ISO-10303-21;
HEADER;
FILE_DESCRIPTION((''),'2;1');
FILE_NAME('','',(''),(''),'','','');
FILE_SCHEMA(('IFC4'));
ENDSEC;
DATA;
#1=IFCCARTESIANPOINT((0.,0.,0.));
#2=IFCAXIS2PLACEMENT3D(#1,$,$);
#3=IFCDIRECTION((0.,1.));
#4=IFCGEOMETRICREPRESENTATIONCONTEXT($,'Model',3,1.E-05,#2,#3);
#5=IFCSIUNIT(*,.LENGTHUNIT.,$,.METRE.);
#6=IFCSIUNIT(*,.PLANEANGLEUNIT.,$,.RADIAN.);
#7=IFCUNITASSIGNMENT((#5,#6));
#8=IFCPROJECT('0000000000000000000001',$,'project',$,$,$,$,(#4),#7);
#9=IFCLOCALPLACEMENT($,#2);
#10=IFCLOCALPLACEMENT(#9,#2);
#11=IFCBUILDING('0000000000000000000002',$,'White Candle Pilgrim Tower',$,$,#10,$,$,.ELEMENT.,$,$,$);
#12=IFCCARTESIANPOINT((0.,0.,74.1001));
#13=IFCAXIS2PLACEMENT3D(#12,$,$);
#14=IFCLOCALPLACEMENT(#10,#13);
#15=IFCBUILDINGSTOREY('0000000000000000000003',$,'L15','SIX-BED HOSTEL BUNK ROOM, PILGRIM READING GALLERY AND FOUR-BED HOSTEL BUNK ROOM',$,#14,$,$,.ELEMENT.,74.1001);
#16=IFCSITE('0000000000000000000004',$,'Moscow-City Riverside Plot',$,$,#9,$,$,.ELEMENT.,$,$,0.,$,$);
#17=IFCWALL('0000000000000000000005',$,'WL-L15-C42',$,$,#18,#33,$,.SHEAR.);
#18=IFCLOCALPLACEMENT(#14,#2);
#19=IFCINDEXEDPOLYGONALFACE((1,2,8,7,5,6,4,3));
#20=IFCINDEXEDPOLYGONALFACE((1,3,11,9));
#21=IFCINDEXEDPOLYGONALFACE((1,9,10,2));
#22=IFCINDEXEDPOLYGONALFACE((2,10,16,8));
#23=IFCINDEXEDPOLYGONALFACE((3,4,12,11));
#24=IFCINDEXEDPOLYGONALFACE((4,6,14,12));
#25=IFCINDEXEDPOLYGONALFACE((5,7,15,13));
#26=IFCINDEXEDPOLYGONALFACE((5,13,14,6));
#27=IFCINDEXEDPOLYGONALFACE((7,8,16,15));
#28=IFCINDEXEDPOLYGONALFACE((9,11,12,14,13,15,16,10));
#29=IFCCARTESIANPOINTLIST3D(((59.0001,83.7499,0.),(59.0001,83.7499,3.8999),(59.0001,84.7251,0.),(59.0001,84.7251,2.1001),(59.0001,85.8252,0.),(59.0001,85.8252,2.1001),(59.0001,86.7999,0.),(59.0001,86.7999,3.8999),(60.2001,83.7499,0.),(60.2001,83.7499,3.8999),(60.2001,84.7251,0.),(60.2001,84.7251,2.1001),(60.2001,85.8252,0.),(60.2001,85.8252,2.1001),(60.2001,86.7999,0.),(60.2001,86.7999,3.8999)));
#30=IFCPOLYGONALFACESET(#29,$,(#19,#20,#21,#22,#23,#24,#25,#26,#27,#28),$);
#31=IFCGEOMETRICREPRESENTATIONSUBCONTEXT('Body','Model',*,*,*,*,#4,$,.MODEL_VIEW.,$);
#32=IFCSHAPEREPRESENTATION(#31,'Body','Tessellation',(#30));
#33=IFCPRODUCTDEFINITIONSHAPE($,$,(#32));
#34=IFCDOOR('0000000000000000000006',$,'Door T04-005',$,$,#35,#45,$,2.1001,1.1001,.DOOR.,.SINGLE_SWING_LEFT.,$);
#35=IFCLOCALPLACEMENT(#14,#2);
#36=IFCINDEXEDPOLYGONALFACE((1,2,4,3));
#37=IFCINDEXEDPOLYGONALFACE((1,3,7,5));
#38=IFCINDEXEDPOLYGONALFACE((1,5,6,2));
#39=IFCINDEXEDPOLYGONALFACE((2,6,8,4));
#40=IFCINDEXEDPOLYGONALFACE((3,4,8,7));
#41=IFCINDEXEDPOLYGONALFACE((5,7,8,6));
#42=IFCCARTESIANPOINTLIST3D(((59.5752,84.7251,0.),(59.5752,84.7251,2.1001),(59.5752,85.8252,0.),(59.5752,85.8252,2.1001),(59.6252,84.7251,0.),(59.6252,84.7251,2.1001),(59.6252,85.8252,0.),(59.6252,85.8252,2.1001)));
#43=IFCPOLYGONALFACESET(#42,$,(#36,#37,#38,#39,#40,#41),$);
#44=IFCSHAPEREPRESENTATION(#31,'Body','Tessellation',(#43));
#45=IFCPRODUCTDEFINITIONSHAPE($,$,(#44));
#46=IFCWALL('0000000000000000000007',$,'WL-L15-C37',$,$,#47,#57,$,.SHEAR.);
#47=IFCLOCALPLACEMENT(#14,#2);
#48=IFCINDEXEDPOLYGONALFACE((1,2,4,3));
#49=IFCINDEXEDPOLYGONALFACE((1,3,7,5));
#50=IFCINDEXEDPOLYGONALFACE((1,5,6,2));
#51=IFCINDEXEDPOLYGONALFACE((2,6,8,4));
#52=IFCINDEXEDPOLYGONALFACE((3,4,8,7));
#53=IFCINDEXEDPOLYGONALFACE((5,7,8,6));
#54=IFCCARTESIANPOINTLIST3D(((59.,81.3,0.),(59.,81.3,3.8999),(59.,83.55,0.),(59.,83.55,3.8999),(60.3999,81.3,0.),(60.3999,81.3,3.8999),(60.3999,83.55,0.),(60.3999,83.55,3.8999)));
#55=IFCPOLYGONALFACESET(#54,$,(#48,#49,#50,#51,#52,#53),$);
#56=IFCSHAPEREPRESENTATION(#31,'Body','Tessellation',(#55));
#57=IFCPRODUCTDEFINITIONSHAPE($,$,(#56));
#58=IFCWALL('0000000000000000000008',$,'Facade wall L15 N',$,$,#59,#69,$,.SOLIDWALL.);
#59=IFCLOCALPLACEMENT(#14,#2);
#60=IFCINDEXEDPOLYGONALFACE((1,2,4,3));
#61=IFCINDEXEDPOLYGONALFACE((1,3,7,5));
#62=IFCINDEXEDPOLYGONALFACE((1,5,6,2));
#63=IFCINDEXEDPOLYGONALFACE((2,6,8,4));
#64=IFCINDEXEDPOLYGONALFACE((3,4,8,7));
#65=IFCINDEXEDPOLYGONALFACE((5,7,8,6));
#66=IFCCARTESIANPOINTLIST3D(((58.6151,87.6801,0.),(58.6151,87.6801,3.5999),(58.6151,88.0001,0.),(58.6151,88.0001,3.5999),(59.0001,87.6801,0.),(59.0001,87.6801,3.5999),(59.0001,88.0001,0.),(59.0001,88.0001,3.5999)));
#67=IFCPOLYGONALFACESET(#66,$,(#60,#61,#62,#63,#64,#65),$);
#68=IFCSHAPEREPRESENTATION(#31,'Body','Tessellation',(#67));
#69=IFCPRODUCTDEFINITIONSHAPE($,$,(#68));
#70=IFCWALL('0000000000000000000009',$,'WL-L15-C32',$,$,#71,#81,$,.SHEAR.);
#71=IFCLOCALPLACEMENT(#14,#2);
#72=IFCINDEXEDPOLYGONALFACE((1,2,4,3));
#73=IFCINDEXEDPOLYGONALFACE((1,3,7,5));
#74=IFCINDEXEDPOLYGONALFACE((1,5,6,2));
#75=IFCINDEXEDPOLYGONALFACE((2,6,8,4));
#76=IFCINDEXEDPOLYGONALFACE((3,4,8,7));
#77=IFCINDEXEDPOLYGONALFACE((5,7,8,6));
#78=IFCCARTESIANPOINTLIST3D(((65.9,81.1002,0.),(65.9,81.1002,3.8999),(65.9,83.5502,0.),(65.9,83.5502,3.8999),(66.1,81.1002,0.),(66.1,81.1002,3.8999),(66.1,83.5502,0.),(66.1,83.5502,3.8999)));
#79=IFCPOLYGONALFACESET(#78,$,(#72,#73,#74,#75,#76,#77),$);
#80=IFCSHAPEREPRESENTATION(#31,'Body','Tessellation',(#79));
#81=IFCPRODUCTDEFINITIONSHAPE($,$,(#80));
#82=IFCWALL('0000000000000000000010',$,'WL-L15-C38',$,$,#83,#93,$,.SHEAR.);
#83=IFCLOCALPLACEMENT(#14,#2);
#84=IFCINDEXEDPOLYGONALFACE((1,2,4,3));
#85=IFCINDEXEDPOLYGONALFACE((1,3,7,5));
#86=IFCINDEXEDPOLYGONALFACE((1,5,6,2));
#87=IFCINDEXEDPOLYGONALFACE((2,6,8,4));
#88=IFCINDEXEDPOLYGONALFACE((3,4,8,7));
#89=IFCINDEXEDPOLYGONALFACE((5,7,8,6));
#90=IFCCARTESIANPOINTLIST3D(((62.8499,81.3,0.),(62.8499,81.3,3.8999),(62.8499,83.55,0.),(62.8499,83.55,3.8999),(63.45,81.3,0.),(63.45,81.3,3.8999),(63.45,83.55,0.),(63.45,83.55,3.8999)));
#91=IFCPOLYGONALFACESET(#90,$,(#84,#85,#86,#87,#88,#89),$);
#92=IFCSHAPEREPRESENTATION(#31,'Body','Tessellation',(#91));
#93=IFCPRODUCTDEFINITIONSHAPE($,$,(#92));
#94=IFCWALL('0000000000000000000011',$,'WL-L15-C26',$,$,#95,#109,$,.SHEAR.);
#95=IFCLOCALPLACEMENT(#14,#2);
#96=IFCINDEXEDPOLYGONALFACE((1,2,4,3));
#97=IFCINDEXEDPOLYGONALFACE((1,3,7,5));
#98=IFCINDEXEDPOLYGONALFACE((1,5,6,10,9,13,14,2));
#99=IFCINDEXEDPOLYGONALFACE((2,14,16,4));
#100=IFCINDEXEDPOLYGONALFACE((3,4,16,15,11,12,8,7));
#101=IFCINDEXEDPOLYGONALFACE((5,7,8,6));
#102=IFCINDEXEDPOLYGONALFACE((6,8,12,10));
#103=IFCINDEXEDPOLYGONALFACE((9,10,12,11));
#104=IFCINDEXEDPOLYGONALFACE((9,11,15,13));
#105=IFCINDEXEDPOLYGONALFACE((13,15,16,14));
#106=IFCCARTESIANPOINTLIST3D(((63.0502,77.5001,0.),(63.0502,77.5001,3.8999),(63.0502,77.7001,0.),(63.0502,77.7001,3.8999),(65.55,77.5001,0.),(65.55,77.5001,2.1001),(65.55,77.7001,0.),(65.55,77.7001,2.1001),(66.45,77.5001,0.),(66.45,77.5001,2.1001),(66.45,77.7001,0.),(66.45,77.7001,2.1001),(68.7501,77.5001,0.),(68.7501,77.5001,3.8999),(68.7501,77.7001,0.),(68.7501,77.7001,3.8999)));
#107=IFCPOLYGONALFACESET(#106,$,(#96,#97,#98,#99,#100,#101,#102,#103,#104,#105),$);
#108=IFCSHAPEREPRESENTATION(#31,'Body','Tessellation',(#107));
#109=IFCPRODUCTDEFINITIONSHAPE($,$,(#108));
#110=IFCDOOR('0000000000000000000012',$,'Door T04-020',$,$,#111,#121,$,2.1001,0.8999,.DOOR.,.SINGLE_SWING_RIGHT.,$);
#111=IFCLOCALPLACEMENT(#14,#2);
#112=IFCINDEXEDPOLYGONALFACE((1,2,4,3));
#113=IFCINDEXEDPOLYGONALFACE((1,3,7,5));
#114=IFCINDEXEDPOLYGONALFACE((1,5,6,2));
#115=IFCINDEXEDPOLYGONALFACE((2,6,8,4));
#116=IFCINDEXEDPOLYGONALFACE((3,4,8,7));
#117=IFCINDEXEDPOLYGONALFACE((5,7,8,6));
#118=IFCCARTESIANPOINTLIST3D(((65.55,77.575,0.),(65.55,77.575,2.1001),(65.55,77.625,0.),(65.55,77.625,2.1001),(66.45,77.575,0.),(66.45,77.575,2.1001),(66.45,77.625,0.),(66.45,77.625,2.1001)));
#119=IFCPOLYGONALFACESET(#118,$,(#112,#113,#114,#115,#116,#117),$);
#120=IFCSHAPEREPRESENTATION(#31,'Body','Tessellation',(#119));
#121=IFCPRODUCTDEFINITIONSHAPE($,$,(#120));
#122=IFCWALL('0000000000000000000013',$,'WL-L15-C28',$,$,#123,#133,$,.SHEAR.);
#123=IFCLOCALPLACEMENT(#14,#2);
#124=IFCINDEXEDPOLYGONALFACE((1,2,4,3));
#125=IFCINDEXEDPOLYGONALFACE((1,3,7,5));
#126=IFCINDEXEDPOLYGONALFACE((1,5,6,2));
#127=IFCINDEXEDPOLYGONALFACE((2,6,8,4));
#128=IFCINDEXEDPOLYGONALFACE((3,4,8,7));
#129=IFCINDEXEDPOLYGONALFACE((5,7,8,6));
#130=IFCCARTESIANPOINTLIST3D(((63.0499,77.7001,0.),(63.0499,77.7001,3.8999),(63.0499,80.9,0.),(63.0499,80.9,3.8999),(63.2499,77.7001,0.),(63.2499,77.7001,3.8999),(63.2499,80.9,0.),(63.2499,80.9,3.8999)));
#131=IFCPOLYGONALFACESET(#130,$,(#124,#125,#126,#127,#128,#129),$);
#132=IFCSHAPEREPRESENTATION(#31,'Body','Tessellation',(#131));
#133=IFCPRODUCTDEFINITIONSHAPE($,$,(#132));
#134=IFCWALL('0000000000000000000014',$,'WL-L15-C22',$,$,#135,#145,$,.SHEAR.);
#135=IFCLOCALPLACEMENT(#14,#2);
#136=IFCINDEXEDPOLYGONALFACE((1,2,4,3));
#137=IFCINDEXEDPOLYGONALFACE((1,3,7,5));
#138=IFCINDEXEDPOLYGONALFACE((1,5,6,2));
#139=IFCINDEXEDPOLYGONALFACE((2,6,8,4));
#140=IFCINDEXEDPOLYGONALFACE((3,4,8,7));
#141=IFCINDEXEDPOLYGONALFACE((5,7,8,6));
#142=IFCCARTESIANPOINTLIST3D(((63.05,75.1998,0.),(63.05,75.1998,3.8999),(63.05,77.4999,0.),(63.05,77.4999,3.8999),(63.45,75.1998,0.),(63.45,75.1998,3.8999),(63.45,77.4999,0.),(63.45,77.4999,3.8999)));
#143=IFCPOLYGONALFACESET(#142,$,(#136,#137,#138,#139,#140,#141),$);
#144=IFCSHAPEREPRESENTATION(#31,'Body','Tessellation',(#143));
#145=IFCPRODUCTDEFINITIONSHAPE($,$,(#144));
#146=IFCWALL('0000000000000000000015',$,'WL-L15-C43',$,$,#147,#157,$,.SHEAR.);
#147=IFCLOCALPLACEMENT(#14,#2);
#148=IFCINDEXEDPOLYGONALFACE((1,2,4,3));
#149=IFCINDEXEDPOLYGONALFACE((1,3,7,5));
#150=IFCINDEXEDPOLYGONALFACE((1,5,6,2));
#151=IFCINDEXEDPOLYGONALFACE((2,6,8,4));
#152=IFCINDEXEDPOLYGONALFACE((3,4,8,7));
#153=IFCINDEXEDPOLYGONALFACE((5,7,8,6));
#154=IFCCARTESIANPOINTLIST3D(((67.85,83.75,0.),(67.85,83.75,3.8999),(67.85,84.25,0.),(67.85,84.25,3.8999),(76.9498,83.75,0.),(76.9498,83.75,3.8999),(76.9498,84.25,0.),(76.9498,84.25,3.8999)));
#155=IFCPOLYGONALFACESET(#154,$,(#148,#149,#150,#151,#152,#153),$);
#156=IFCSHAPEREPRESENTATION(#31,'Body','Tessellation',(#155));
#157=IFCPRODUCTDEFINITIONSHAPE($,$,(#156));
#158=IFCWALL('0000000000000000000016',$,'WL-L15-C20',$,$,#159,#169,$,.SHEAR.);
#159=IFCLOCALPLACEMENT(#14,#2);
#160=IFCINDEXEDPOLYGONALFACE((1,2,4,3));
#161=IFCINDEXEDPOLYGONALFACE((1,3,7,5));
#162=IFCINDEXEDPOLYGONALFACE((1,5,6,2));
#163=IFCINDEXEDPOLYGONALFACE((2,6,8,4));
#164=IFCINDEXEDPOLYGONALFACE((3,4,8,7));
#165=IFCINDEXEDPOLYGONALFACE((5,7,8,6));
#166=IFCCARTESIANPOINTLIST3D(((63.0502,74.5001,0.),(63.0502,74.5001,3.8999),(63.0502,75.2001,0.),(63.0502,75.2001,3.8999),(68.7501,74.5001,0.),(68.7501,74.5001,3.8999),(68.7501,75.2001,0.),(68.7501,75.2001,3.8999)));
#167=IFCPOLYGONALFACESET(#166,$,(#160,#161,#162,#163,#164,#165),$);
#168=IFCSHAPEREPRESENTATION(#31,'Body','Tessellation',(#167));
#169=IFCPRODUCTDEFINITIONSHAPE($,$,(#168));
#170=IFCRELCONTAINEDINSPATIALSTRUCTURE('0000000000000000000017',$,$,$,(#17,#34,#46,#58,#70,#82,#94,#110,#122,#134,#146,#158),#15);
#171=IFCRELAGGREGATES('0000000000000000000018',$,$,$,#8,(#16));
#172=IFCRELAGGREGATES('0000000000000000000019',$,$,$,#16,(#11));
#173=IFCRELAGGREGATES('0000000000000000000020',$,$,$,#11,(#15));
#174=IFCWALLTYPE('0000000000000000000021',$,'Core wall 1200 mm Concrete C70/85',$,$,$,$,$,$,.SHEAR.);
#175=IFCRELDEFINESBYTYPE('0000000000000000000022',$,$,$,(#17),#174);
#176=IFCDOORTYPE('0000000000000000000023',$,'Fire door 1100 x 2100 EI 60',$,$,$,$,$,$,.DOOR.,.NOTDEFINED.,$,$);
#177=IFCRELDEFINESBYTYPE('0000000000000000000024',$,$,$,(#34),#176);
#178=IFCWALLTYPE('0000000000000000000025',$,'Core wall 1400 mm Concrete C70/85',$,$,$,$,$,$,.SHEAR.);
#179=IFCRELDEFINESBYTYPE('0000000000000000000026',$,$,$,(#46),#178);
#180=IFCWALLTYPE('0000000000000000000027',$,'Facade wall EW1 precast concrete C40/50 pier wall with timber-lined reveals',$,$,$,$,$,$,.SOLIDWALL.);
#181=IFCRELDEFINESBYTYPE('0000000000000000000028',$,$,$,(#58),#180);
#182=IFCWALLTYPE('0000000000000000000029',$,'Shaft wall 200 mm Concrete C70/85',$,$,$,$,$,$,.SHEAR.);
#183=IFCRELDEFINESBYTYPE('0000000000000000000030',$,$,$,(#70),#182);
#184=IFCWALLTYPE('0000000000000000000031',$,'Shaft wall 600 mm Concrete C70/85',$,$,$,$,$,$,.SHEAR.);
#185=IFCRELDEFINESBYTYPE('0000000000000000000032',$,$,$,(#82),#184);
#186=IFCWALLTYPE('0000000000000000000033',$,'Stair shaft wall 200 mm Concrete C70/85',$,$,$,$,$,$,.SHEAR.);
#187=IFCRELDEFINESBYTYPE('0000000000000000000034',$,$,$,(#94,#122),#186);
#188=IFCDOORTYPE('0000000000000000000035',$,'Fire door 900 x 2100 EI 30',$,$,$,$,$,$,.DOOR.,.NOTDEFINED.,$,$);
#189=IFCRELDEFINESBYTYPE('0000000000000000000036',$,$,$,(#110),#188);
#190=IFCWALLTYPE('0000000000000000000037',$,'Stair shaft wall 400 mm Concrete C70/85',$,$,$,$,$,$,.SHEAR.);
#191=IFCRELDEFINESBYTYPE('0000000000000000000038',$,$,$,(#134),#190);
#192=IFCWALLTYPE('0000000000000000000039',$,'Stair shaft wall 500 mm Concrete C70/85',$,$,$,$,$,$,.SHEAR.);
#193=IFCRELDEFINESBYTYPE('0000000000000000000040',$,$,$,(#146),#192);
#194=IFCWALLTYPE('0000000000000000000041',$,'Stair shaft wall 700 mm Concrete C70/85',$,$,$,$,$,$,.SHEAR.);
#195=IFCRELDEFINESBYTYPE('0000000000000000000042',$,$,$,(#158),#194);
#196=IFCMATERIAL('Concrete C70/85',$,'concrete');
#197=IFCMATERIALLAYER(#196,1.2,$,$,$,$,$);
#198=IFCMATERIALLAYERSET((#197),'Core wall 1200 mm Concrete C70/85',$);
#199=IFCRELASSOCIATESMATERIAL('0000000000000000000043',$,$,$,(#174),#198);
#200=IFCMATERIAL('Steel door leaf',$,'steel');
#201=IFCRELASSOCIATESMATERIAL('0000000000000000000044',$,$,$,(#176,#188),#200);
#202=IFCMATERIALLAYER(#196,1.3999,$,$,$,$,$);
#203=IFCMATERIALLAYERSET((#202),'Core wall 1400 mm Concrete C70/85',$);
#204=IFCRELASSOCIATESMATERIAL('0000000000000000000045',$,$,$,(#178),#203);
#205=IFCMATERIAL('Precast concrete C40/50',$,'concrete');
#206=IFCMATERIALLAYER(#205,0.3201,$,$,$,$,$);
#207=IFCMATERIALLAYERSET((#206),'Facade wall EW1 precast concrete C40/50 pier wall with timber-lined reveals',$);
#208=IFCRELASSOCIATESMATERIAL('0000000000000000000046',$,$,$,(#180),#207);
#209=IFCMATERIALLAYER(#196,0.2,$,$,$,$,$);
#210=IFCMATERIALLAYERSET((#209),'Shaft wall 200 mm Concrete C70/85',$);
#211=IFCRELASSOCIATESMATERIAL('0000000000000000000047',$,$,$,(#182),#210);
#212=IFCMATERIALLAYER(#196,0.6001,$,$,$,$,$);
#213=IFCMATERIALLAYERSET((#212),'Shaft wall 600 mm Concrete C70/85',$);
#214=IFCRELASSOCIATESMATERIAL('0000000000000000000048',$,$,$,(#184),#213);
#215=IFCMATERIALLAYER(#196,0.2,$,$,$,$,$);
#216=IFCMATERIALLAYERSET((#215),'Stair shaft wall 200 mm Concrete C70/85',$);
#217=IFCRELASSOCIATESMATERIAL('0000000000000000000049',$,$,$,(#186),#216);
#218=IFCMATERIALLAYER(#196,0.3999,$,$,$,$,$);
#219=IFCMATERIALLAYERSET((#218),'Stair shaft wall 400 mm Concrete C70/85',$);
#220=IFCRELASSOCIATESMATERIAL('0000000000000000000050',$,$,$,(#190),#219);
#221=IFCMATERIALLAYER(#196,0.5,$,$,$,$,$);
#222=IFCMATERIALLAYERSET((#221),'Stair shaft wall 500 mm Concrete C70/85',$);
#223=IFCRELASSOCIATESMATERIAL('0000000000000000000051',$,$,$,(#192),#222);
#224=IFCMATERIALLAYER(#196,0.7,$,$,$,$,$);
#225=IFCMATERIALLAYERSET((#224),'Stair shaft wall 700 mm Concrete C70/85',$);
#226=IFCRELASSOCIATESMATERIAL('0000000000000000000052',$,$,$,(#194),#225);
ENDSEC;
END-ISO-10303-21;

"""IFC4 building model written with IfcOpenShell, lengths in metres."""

from ifc_helpers import new_model, si_unit, direction, frame, frame_2d, origin, place, context, subcontext, project, spatial, rectangle, extrude, material, layer, layer_set, type_object, element, fill, save


model = new_model("IFC4")

# Units and contexts
model_context = context("Model", 3, precision=1e-05, world=origin(), true_north=direction((0.0, 1.0)))
body_context = subcontext(model_context, "Body", "Model", "MODEL_VIEW")
ifc_project = project(units=[si_unit("LENGTHUNIT", "METRE"), si_unit("PLANEANGLEUNIT", "RADIAN")], contexts=[model_context])

# Site, building, storey
site_placement = place(None, origin())
site = spatial("IfcSite", under=ifc_project, at=site_placement, Name="Moscow-City Riverside Plot", CompositionType="ELEMENT", RefElevation=0.0)
building_placement = place(site_placement, origin())
building = spatial("IfcBuilding", under=site, at=building_placement, Name="White Candle Pilgrim Tower", CompositionType="ELEMENT")
storey_placement = place(building_placement, frame((0.0, 0.0, 74.1001)))
storey = spatial("IfcBuildingStorey", under=building, at=storey_placement, Name="L15", Description="SIX-BED HOSTEL BUNK ROOM, PILGRIM READING GALLERY AND FOUR-BED HOSTEL BUNK ROOM", CompositionType="ELEMENT", Elevation=74.1001)

# Wall, opening, door
ifc_material_1 = material(Name="Concrete C70/85", Category="concrete")
ifc_layer_1 = layer(ifc_material_1, 1.2)
ifc_layer_set_1 = layer_set([ifc_layer_1], Name="Core wall 1200 mm Concrete C70/85")
wall_type_1 = type_object("IfcWallType", Name="Core wall 1200 mm Concrete C70/85", PredefinedType="SHEAR", material=ifc_layer_set_1)
wall_1_placement = place(storey_placement, frame((59.6001, 83.75, 0.0), z_axis=(0.0, 0.0, 1.0), x_axis=(0.0, 1.0, 0.0)))
wall_1 = element("IfcWall", 1, at=wall_1_placement, inside=storey, type_object=wall_type_1, Name="WL-L15-C42", PredefinedType="SHEAR", context=body_context, shape_type="SweptSolid", body=[
    extrude(rectangle(XDim=3.05, YDim=1.2, at=frame_2d((1.5249, 0.0))), origin(), (0.0, 0.0, 1.0), 3.8999),
])
opening_1_placement = place(wall_1_placement, frame((0.9751, 0.0, 0.0)))
opening_1 = element("IfcOpeningElement", 2, at=opening_1_placement, cuts=wall_1, PredefinedType="OPENING", context=body_context, shape_type="SweptSolid", body=[
    extrude(rectangle(XDim=1.1001, YDim=2.1001, at=frame_2d((0.55, 1.05))), frame((0.0, 0.6099, 0.0), z_axis=(0.0, -1.0, 0.0), x_axis=(1.0, 0.0, 0.0)), (0.0, 0.0, 1.0), 1.22),
])
ifc_material_2 = material(Name="Steel door leaf", Category="steel")
door_type_1 = type_object("IfcDoorType", Name="Fire door 1100 x 2100 EI 60", OperationType="NOTDEFINED", PredefinedType="DOOR", material=ifc_material_2)
door_1_placement = place(opening_1_placement, origin())
door_1 = element("IfcDoor", 3, at=door_1_placement, inside=storey, type_object=door_type_1, Name="Door T04-005", OperationType="SINGLE_SWING_LEFT", OverallHeight=2.1001, OverallWidth=1.1001, PredefinedType="DOOR", context=body_context, shape_type="SweptSolid", body=[
    extrude(rectangle(XDim=1.1001, YDim=2.1001, at=frame_2d((0.55, 1.05))), frame((0.0, 0.0249, 0.0), z_axis=(0.0, -1.0, 0.0), x_axis=(1.0, 0.0, 0.0)), (0.0, 0.0, 1.0), 0.05),
])
fill(opening_1, door_1)

# Walls
ifc_layer_2 = layer(ifc_material_1, 1.3999)
ifc_layer_set_2 = layer_set([ifc_layer_2], Name="Core wall 1400 mm Concrete C70/85")
wall_type_2 = type_object("IfcWallType", Name="Core wall 1400 mm Concrete C70/85", PredefinedType="SHEAR", material=ifc_layer_set_2)
wall_2_placement = place(storey_placement, frame((59.7, 81.3, 0.0), z_axis=(0.0, 0.0, 1.0), x_axis=(0.0, 1.0, 0.0)))
element("IfcWall", 4, at=wall_2_placement, inside=storey, type_object=wall_type_2, Name="WL-L15-C37", PredefinedType="SHEAR", context=body_context, shape_type="SweptSolid", body=[
    extrude(rectangle(XDim=2.25, YDim=1.3999, at=frame_2d((1.125, 0.0))), origin(), (0.0, 0.0, 1.0), 3.8999),
])
ifc_material_3 = material(Name="Precast concrete C40/50", Category="concrete")
ifc_layer_3 = layer(ifc_material_3, 0.3201)
ifc_layer_set_3 = layer_set([ifc_layer_3], Name="Facade wall EW1 precast concrete C40/50 pier wall with timber-lined reveals")
wall_type_3 = type_object("IfcWallType", Name="Facade wall EW1 precast concrete C40/50 pier wall with timber-lined reveals", PredefinedType="SOLIDWALL", material=ifc_layer_set_3)
wall_3_placement = place(storey_placement, frame((59.0, 87.8401, 0.0), z_axis=(0.0, 0.0, 1.0), x_axis=(-1.0, 0.0, 0.0)))
element("IfcWall", 5, at=wall_3_placement, inside=storey, type_object=wall_type_3, Name="Facade wall L15 N", PredefinedType="SOLIDWALL", context=body_context, shape_type="SweptSolid", body=[
    extrude(rectangle(XDim=0.385, YDim=0.3201, at=frame_2d((0.1924, 0.0))), origin(), (0.0, 0.0, 1.0), 3.5999),
])
ifc_layer_4 = layer(ifc_material_1, 0.2)
ifc_layer_set_4 = layer_set([ifc_layer_4], Name="Shaft wall 200 mm Concrete C70/85")
wall_type_4 = type_object("IfcWallType", Name="Shaft wall 200 mm Concrete C70/85", PredefinedType="SHEAR", material=ifc_layer_set_4)
wall_4_placement = place(storey_placement, frame((66.0, 81.1001, 0.0), z_axis=(0.0, 0.0, 1.0), x_axis=(0.0, 1.0, 0.0)))
element("IfcWall", 6, at=wall_4_placement, inside=storey, type_object=wall_type_4, Name="WL-L15-C32", PredefinedType="SHEAR", context=body_context, shape_type="SweptSolid", body=[
    extrude(rectangle(XDim=2.45, YDim=0.2, at=frame_2d((1.2251, 0.0))), origin(), (0.0, 0.0, 1.0), 3.8999),
])
ifc_layer_5 = layer(ifc_material_1, 0.6001)
ifc_layer_set_5 = layer_set([ifc_layer_5], Name="Shaft wall 600 mm Concrete C70/85")
wall_type_5 = type_object("IfcWallType", Name="Shaft wall 600 mm Concrete C70/85", PredefinedType="SHEAR", material=ifc_layer_set_5)
wall_5_placement = place(storey_placement, frame((63.1499, 81.3, 0.0), z_axis=(0.0, 0.0, 1.0), x_axis=(0.0, 1.0, 0.0)))
element("IfcWall", 7, at=wall_5_placement, inside=storey, type_object=wall_type_5, Name="WL-L15-C38", PredefinedType="SHEAR", context=body_context, shape_type="SweptSolid", body=[
    extrude(rectangle(XDim=2.25, YDim=0.6001, at=frame_2d((1.125, 0.0))), origin(), (0.0, 0.0, 1.0), 3.8999),
])

# Wall, opening, door
ifc_layer_6 = layer(ifc_material_1, 0.2)
ifc_layer_set_6 = layer_set([ifc_layer_6], Name="Stair shaft wall 200 mm Concrete C70/85")
wall_type_6 = type_object("IfcWallType", Name="Stair shaft wall 200 mm Concrete C70/85", PredefinedType="SHEAR", material=ifc_layer_set_6)
wall_6_placement = place(storey_placement, frame((63.05, 77.6001, 0.0), z_axis=(0.0, 0.0, 1.0), x_axis=(1.0, 0.0, 0.0)))
wall_6 = element("IfcWall", 8, at=wall_6_placement, inside=storey, type_object=wall_type_6, Name="WL-L15-C26", PredefinedType="SHEAR", context=body_context, shape_type="SweptSolid", body=[
    extrude(rectangle(XDim=5.7, YDim=0.2, at=frame_2d((2.8501, 0.0))), origin(), (0.0, 0.0, 1.0), 3.8999),
])
opening_2_placement = place(wall_6_placement, frame((2.5, 0.0, 0.0)))
opening_2 = element("IfcOpeningElement", 9, at=opening_2_placement, cuts=wall_6, PredefinedType="OPENING", context=body_context, shape_type="SweptSolid", body=[
    extrude(rectangle(XDim=0.8999, YDim=2.1001, at=frame_2d((0.45, 1.05))), frame((0.0, 0.1099, 0.0), z_axis=(0.0, -1.0, 0.0), x_axis=(1.0, 0.0, 0.0)), (0.0, 0.0, 1.0), 0.22),
])
door_type_2 = type_object("IfcDoorType", Name="Fire door 900 x 2100 EI 30", OperationType="NOTDEFINED", PredefinedType="DOOR", material=ifc_material_2)
door_2_placement = place(opening_2_placement, origin())
door_2 = element("IfcDoor", 10, at=door_2_placement, inside=storey, type_object=door_type_2, Name="Door T04-020", OperationType="SINGLE_SWING_RIGHT", OverallHeight=2.1001, OverallWidth=0.8999, PredefinedType="DOOR", context=body_context, shape_type="SweptSolid", body=[
    extrude(rectangle(XDim=0.8999, YDim=2.1001, at=frame_2d((0.45, 1.05))), frame((0.0, 0.0249, 0.0), z_axis=(0.0, -1.0, 0.0), x_axis=(1.0, 0.0, 0.0)), (0.0, 0.0, 1.0), 0.05),
])
fill(opening_2, door_2)

# Walls
wall_7_placement = place(storey_placement, frame((63.1499, 77.7, 0.0), z_axis=(0.0, 0.0, 1.0), x_axis=(0.0, 1.0, 0.0)))
element("IfcWall", 11, at=wall_7_placement, inside=storey, type_object=wall_type_6, Name="WL-L15-C28", PredefinedType="SHEAR", context=body_context, shape_type="SweptSolid", body=[
    extrude(rectangle(XDim=3.2, YDim=0.2, at=frame_2d((1.6001, 0.0))), origin(), (0.0, 0.0, 1.0), 3.8999),
])
ifc_layer_7 = layer(ifc_material_1, 0.3999)
ifc_layer_set_7 = layer_set([ifc_layer_7], Name="Stair shaft wall 400 mm Concrete C70/85")
wall_type_7 = type_object("IfcWallType", Name="Stair shaft wall 400 mm Concrete C70/85", PredefinedType="SHEAR", material=ifc_layer_set_7)
wall_8_placement = place(storey_placement, frame((63.25, 75.2, 0.0), z_axis=(0.0, 0.0, 1.0), x_axis=(0.0, 1.0, 0.0)))
element("IfcWall", 12, at=wall_8_placement, inside=storey, type_object=wall_type_7, Name="WL-L15-C22", PredefinedType="SHEAR", context=body_context, shape_type="SweptSolid", body=[
    extrude(rectangle(XDim=2.3, YDim=0.3999, at=frame_2d((1.1499, 0.0))), origin(), (0.0, 0.0, 1.0), 3.8999),
])
ifc_layer_8 = layer(ifc_material_1, 0.5)
ifc_layer_set_8 = layer_set([ifc_layer_8], Name="Stair shaft wall 500 mm Concrete C70/85")
wall_type_8 = type_object("IfcWallType", Name="Stair shaft wall 500 mm Concrete C70/85", PredefinedType="SHEAR", material=ifc_layer_set_8)
wall_9_placement = place(storey_placement, frame((67.8501, 84.0, 0.0), z_axis=(0.0, 0.0, 1.0), x_axis=(1.0, 0.0, 0.0)))
element("IfcWall", 13, at=wall_9_placement, inside=storey, type_object=wall_type_8, Name="WL-L15-C43", PredefinedType="SHEAR", context=body_context, shape_type="SweptSolid", body=[
    extrude(rectangle(XDim=9.0999, YDim=0.5, at=frame_2d((4.5498, 0.0))), origin(), (0.0, 0.0, 1.0), 3.8999),
])
ifc_layer_9 = layer(ifc_material_1, 0.7)
ifc_layer_set_9 = layer_set([ifc_layer_9], Name="Stair shaft wall 700 mm Concrete C70/85")
wall_type_9 = type_object("IfcWallType", Name="Stair shaft wall 700 mm Concrete C70/85", PredefinedType="SHEAR", material=ifc_layer_set_9)
wall_10_placement = place(storey_placement, frame((63.05, 74.8501, 0.0), z_axis=(0.0, 0.0, 1.0), x_axis=(1.0, 0.0, 0.0)))
element("IfcWall", 14, at=wall_10_placement, inside=storey, type_object=wall_type_9, Name="WL-L15-C20", PredefinedType="SHEAR", context=body_context, shape_type="SweptSolid", body=[
    extrude(rectangle(XDim=5.7, YDim=0.7, at=frame_2d((2.8501, 0.0))), origin(), (0.0, 0.0, 1.0), 3.8999),
])

save(model, "model.ifc")
